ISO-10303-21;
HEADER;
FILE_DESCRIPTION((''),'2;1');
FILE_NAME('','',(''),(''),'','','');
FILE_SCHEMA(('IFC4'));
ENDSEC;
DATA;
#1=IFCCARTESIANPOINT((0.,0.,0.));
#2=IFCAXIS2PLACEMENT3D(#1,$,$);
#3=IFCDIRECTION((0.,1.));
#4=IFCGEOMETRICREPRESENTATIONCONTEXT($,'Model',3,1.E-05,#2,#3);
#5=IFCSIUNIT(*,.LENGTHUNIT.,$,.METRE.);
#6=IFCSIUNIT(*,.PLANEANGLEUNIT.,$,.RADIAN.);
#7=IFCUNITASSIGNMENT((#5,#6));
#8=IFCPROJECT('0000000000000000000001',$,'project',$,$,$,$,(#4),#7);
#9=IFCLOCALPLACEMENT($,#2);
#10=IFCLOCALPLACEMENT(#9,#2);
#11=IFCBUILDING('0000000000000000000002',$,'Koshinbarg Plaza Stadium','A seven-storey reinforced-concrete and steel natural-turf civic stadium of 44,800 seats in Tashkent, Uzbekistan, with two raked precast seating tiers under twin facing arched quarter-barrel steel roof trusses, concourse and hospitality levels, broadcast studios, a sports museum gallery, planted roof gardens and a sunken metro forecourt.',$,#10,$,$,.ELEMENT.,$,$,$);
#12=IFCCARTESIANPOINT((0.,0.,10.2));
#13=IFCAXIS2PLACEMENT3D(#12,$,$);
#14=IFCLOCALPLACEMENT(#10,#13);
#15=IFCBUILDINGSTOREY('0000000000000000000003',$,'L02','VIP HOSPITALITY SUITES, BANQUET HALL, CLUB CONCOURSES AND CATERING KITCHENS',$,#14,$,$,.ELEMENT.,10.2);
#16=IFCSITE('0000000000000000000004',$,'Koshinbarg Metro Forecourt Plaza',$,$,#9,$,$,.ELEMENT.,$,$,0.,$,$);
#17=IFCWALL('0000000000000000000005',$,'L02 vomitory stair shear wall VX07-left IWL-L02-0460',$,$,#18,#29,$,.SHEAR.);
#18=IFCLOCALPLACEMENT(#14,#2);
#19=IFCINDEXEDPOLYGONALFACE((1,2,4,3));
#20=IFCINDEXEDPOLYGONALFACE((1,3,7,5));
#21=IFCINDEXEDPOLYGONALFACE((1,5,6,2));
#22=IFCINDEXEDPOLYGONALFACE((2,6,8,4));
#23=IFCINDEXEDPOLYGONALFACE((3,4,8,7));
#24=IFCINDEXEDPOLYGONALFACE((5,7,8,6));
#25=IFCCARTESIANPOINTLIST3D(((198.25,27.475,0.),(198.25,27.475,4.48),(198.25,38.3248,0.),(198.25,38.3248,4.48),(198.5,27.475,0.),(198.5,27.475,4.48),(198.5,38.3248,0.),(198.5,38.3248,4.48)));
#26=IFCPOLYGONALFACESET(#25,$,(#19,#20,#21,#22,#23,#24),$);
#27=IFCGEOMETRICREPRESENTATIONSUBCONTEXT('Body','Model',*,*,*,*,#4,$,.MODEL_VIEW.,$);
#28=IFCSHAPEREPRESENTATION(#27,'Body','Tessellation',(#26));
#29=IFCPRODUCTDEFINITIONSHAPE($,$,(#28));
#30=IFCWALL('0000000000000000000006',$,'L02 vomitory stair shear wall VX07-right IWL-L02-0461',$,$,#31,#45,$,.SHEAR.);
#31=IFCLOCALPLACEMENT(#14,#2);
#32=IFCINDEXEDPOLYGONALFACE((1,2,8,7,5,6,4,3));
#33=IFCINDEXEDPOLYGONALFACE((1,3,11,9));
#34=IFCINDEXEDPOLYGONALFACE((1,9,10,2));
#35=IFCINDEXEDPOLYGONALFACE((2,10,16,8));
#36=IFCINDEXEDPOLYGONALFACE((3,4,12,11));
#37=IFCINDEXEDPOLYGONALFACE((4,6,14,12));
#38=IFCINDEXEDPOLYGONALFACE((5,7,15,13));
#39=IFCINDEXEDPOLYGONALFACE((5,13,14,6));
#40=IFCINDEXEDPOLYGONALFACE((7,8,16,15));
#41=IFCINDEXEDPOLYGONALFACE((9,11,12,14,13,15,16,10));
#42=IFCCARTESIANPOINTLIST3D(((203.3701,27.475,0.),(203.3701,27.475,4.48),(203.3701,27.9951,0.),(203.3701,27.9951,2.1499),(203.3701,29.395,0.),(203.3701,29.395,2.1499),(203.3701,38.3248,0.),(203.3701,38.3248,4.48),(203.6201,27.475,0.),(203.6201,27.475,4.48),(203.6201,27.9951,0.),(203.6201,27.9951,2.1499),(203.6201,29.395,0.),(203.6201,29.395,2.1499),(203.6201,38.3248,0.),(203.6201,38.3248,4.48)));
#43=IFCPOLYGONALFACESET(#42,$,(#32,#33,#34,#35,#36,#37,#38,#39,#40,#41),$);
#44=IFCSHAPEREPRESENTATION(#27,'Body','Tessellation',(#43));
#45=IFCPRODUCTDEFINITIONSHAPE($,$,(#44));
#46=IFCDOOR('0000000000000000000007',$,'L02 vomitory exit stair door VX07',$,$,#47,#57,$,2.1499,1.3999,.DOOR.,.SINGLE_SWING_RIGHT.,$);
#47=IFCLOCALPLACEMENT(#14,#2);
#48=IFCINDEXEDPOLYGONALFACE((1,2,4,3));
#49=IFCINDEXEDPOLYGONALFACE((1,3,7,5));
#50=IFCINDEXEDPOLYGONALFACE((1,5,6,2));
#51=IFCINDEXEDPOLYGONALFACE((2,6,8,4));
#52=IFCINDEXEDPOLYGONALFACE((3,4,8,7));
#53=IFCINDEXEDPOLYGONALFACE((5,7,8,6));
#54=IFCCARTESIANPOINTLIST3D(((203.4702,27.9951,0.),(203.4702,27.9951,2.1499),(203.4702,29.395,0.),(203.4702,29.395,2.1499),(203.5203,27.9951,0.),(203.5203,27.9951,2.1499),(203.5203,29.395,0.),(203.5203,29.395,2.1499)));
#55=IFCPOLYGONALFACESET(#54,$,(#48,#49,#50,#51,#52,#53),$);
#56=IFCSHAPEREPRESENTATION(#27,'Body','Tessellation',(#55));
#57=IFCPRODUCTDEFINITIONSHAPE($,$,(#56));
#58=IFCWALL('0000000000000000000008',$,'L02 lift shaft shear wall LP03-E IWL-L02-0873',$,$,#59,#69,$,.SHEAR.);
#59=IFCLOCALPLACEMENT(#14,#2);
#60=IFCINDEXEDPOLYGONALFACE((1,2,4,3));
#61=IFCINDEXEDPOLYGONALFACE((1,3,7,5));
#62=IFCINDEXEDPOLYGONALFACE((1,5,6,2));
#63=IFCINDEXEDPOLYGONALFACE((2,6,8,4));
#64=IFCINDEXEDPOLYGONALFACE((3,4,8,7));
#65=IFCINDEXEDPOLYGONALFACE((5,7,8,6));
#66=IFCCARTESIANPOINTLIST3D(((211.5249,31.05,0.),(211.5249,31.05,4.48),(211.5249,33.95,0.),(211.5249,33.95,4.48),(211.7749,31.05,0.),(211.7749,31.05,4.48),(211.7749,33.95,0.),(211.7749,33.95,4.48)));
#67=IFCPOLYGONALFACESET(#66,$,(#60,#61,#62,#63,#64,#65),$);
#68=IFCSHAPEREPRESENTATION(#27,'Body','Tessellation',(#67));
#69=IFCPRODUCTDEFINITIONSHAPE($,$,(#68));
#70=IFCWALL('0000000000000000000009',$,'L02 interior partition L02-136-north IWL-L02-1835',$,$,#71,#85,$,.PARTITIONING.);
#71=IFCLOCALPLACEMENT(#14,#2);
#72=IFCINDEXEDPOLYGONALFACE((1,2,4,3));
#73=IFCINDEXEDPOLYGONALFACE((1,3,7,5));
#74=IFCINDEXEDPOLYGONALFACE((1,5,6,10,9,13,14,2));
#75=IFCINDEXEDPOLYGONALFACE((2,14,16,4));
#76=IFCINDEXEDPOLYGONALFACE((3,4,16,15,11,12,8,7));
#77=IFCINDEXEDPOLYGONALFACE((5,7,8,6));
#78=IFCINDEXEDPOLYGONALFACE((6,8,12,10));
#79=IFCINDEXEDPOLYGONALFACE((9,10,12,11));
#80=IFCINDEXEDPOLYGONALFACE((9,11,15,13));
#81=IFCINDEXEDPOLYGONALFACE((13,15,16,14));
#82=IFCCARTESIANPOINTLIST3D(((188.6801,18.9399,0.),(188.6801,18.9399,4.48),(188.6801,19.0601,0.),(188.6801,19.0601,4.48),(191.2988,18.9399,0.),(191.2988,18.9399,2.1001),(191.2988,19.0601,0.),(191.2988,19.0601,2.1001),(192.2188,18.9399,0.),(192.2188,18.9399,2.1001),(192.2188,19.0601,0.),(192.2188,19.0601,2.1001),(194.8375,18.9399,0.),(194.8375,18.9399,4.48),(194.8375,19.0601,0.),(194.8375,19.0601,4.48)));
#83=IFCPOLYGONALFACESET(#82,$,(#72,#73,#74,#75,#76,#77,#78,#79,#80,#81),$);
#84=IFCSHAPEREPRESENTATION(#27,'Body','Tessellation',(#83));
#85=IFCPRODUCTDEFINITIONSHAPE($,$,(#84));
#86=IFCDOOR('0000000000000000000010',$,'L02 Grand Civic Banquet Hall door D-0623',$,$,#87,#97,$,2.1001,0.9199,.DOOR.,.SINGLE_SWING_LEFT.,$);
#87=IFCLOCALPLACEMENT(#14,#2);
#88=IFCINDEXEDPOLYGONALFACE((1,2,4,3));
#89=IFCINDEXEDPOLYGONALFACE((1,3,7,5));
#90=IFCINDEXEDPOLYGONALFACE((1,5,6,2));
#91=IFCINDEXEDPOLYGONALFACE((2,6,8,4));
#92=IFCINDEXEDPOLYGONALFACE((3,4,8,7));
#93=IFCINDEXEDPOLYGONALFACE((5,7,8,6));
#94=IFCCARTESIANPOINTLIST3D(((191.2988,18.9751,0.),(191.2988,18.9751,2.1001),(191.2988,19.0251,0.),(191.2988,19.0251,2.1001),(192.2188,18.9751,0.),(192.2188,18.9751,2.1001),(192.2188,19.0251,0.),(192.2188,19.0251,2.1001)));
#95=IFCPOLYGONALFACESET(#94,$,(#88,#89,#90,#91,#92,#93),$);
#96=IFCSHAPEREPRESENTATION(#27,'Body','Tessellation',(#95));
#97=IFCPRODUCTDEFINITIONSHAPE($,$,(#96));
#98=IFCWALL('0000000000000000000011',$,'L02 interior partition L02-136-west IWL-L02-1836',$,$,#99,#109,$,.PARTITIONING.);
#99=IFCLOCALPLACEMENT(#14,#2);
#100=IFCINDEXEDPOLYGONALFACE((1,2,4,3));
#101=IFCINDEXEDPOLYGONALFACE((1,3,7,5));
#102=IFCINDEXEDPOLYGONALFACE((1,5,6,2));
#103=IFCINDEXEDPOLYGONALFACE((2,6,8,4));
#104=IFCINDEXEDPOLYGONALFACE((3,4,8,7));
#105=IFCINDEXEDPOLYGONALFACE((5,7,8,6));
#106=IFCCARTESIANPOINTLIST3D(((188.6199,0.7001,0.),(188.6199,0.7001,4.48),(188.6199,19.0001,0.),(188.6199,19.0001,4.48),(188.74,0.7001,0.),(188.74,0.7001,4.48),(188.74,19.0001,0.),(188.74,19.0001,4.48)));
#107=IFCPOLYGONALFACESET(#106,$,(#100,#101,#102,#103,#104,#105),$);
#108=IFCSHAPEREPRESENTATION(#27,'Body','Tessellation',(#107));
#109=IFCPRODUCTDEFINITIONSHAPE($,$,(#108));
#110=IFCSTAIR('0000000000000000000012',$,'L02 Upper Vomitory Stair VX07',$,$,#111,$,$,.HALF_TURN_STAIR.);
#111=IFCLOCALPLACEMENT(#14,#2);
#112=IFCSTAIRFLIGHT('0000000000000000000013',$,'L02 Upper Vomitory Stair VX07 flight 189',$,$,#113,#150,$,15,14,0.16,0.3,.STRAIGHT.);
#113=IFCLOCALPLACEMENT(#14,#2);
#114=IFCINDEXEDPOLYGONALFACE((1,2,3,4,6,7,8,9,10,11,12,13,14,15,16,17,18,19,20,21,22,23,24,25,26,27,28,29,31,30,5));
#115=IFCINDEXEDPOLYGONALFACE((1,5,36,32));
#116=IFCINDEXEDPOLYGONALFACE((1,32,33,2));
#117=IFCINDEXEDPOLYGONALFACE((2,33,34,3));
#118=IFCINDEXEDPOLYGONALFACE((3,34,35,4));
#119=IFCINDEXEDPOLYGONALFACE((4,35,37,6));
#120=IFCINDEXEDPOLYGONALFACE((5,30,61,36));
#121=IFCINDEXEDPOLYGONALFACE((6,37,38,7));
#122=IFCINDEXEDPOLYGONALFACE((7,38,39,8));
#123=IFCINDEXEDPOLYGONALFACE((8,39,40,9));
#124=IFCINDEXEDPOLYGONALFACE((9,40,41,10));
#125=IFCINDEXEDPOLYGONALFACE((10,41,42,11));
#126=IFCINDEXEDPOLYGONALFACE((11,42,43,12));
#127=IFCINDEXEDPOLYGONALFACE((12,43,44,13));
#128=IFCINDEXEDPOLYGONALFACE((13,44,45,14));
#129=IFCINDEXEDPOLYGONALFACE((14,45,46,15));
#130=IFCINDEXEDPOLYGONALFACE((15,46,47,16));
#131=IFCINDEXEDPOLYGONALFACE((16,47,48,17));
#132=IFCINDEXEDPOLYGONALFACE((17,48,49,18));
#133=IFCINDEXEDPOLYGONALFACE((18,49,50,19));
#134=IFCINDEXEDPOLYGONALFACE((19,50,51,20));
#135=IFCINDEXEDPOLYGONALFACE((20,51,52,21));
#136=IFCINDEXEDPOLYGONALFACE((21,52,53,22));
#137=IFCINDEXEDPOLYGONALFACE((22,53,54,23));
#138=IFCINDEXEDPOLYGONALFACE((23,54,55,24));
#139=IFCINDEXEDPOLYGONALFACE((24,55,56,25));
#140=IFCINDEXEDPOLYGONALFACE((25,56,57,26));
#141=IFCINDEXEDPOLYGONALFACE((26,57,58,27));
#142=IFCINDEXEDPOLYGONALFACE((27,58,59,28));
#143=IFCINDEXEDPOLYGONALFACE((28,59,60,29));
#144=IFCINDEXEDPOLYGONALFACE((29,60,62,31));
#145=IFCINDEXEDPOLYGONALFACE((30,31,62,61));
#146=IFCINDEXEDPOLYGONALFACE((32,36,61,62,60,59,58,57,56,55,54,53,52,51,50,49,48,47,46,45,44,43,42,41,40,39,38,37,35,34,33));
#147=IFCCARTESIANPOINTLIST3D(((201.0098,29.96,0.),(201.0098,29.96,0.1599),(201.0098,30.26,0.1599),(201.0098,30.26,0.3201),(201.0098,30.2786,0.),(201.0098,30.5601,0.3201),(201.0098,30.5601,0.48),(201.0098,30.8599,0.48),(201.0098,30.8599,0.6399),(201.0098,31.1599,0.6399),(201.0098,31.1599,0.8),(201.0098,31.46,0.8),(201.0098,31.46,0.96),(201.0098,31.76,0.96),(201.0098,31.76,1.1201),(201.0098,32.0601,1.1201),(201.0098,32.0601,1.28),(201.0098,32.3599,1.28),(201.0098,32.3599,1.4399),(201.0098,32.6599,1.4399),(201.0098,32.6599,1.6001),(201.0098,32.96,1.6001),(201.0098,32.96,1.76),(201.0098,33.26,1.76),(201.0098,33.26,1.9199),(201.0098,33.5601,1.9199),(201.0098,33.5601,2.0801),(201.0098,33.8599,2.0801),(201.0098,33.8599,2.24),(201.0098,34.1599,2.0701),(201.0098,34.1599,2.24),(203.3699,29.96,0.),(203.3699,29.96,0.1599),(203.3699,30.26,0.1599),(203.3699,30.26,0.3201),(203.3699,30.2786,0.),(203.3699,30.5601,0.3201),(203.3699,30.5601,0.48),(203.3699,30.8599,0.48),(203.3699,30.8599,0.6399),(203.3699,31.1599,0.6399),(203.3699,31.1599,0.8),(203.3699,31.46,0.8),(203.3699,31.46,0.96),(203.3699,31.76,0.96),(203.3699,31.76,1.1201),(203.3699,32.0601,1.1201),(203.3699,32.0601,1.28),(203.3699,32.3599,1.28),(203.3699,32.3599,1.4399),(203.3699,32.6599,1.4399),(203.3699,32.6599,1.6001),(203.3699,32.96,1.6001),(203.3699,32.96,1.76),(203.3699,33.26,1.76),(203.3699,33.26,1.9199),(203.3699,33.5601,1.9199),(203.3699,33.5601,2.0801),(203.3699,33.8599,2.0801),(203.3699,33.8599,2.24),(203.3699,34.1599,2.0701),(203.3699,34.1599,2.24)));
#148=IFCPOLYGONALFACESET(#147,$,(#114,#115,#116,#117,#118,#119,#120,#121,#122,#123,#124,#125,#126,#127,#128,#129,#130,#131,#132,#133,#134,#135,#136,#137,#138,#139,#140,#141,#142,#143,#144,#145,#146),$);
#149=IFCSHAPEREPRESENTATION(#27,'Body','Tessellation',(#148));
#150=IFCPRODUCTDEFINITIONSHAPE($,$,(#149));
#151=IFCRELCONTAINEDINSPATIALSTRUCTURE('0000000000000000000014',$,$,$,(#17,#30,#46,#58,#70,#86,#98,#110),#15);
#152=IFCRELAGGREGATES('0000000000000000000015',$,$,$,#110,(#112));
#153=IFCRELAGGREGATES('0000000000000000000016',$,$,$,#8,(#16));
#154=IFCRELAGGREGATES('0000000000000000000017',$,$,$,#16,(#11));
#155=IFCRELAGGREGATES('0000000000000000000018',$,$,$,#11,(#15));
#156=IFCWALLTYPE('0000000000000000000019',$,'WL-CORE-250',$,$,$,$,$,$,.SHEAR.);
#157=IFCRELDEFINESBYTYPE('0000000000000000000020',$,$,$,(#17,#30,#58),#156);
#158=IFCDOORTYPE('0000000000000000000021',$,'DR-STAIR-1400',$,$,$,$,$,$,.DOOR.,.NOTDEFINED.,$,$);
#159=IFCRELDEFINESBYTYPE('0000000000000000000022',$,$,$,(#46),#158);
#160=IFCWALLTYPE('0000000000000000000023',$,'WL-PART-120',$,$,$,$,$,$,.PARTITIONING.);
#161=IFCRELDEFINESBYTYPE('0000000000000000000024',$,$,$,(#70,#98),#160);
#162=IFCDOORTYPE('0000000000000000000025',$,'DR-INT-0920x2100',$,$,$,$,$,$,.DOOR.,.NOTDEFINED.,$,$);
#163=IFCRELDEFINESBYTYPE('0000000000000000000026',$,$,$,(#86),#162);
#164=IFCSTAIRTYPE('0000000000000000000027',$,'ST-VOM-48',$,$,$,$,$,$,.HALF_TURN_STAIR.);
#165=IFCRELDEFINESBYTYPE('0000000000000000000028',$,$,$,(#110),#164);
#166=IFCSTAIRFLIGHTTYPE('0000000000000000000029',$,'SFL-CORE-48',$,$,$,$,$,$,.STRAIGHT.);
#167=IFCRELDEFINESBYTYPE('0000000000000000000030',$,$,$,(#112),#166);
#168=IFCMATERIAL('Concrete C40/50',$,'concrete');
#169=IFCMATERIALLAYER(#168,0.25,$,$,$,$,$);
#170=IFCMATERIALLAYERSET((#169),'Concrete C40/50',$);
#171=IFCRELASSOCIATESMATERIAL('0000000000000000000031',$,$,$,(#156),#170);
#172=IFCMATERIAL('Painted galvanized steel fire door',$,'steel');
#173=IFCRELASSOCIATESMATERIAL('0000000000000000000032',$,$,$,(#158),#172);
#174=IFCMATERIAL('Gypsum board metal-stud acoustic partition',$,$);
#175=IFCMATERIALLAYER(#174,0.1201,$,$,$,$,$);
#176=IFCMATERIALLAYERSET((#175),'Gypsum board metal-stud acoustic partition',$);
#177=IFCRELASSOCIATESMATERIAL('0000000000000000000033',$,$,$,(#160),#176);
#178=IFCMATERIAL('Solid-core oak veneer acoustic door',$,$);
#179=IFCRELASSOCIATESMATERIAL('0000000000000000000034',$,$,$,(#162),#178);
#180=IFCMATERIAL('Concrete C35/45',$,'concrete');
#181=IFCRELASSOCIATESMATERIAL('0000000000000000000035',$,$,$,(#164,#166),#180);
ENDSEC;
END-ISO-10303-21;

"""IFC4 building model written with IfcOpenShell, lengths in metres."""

from ifc_helpers import new_model, si_unit, direction, frame, frame_2d, origin, place, context, subcontext, project, spatial, polyline, rectangle, outline, extrude, material, layer, layer_set, type_object, element, fill, aggregate, save


model = new_model("IFC4")

# Units and contexts
model_context = context("Model", 3, precision=1e-05, world=origin(), true_north=direction((0.0, 1.0)))
body_context = subcontext(model_context, "Body", "Model", "MODEL_VIEW")
ifc_project = project(units=[si_unit("LENGTHUNIT", "METRE"), si_unit("PLANEANGLEUNIT", "RADIAN")], contexts=[model_context])

# Site, building, storey
site_placement = place(None, origin())
site = spatial("IfcSite", under=ifc_project, at=site_placement, Name="Koshinbarg Metro Forecourt Plaza", CompositionType="ELEMENT", RefElevation=0.0)
building_placement = place(site_placement, origin())
building = spatial("IfcBuilding", under=site, at=building_placement, Name="Koshinbarg Plaza Stadium", Description="A seven-storey reinforced-concrete and steel natural-turf civic stadium of 44,800 seats in Tashkent, Uzbekistan, with two raked precast seating tiers under twin facing arched quarter-barrel steel roof trusses, concourse and hospitality levels, broadcast studios, a sports museum gallery, planted roof gardens and a sunken metro forecourt.", CompositionType="ELEMENT")
storey_placement = place(building_placement, frame((0.0, 0.0, 10.2)))
storey = spatial("IfcBuildingStorey", under=building, at=storey_placement, Name="L02", Description="VIP HOSPITALITY SUITES, BANQUET HALL, CLUB CONCOURSES AND CATERING KITCHENS", CompositionType="ELEMENT", Elevation=10.2)

# Shared definitions
ifc_material_1 = material(Name="Concrete C40/50", Category="concrete")

# Wall
ifc_layer_1 = layer(ifc_material_1, 0.25)
ifc_layer_set_1 = layer_set([ifc_layer_1], Name="Concrete C40/50")
wall_type_1 = type_object("IfcWallType", Name="WL-CORE-250", PredefinedType="SHEAR", material=ifc_layer_set_1)
wall_1_placement = place(storey_placement, frame((198.375, 27.4751, 0.0), z_axis=(0.0, 0.0, 1.0), x_axis=(0.0, 1.0, 0.0)))
element("IfcWall", 1, at=wall_1_placement, inside=storey, type_object=wall_type_1, Name="L02 vomitory stair shear wall VX07-left IWL-L02-0460", PredefinedType="SHEAR", context=body_context, shape_type="SweptSolid", body=[
    extrude(rectangle(XDim=10.8499, YDim=0.25, at=frame_2d((5.4248, 0.0))), origin(), (0.0, 0.0, 1.0), 4.48),
])

# Wall, opening, door
wall_2_placement = place(storey_placement, frame((203.4951, 27.4751, 0.0), z_axis=(0.0, 0.0, 1.0), x_axis=(0.0, 1.0, 0.0)))
wall_2 = element("IfcWall", 2, at=wall_2_placement, inside=storey, type_object=wall_type_1, Name="L02 vomitory stair shear wall VX07-right IWL-L02-0461", PredefinedType="SHEAR", context=body_context, shape_type="SweptSolid", body=[
    extrude(rectangle(XDim=10.8499, YDim=0.25, at=frame_2d((5.4248, 0.0))), origin(), (0.0, 0.0, 1.0), 4.48),
])
opening_1_placement = place(wall_2_placement, frame((0.52, 0.0, 0.0)))
opening_1 = element("IfcOpeningElement", 3, at=opening_1_placement, cuts=wall_2, PredefinedType="OPENING", context=body_context, shape_type="SweptSolid", body=[
    extrude(rectangle(XDim=1.3999, YDim=2.1499, at=frame_2d((0.7, 1.075))), frame((0.0, 0.135, 0.0), z_axis=(0.0, -1.0, 0.0), x_axis=(1.0, 0.0, 0.0)), (0.0, 0.0, 1.0), 0.27),
])
ifc_material_2 = material(Name="Painted galvanized steel fire door", Category="steel")
door_type_1 = type_object("IfcDoorType", Name="DR-STAIR-1400", OperationType="NOTDEFINED", PredefinedType="DOOR", material=ifc_material_2)
door_1_placement = place(opening_1_placement, origin())
door_1 = element("IfcDoor", 4, at=door_1_placement, inside=storey, type_object=door_type_1, Name="L02 vomitory exit stair door VX07", OperationType="SINGLE_SWING_RIGHT", OverallHeight=2.1499, OverallWidth=1.3999, PredefinedType="DOOR", context=body_context, shape_type="SweptSolid", body=[
    extrude(rectangle(XDim=1.3999, YDim=2.1499, at=frame_2d((0.7, 1.075))), frame((0.0, 0.0249, 0.0), z_axis=(0.0, -1.0, 0.0), x_axis=(1.0, 0.0, 0.0)), (0.0, 0.0, 1.0), 0.05),
])
fill(opening_1, door_1)

# Wall
wall_3_placement = place(storey_placement, frame((211.6499, 31.05, 0.0), z_axis=(0.0, 0.0, 1.0), x_axis=(0.0, 1.0, 0.0)))
element("IfcWall", 5, at=wall_3_placement, inside=storey, type_object=wall_type_1, Name="L02 lift shaft shear wall LP03-E IWL-L02-0873", PredefinedType="SHEAR", context=body_context, shape_type="SweptSolid", body=[
    extrude(rectangle(XDim=2.8999, YDim=0.25, at=frame_2d((1.45, 0.0))), origin(), (0.0, 0.0, 1.0), 4.48),
])

# Wall, opening, door
ifc_material_3 = material(Name="Gypsum board metal-stud acoustic partition")
ifc_layer_2 = layer(ifc_material_3, 0.1201)
ifc_layer_set_2 = layer_set([ifc_layer_2], Name="Gypsum board metal-stud acoustic partition")
wall_type_2 = type_object("IfcWallType", Name="WL-PART-120", PredefinedType="PARTITIONING", material=ifc_layer_set_2)
wall_4_placement = place(storey_placement, frame((194.8374, 19.0, 0.0), z_axis=(0.0, 0.0, 1.0), x_axis=(-1.0, 0.0, 0.0)))
wall_4 = element("IfcWall", 6, at=wall_4_placement, inside=storey, type_object=wall_type_2, Name="L02 interior partition L02-136-north IWL-L02-1835", PredefinedType="PARTITIONING", context=body_context, shape_type="SweptSolid", body=[
    extrude(rectangle(XDim=6.1575, YDim=0.1201, at=frame_2d((3.0786, 0.0))), origin(), (0.0, 0.0, 1.0), 4.48),
])
opening_2_placement = place(wall_4_placement, frame((2.6187, 0.0, 0.0)))
opening_2 = element("IfcOpeningElement", 7, at=opening_2_placement, cuts=wall_4, PredefinedType="OPENING", context=body_context, shape_type="SweptSolid", body=[
    extrude(rectangle(XDim=0.9199, YDim=2.1001, at=frame_2d((0.46, 1.05))), frame((0.0, 0.0701, 0.0), z_axis=(0.0, -1.0, 0.0), x_axis=(1.0, 0.0, 0.0)), (0.0, 0.0, 1.0), 0.1401),
])
ifc_material_4 = material(Name="Solid-core oak veneer acoustic door")
door_type_2 = type_object("IfcDoorType", Name="DR-INT-0920x2100", OperationType="NOTDEFINED", PredefinedType="DOOR", material=ifc_material_4)
door_2_placement = place(opening_2_placement, origin())
door_2 = element("IfcDoor", 8, at=door_2_placement, inside=storey, type_object=door_type_2, Name="L02 Grand Civic Banquet Hall door D-0623", OperationType="SINGLE_SWING_LEFT", OverallHeight=2.1001, OverallWidth=0.9199, PredefinedType="DOOR", context=body_context, shape_type="SweptSolid", body=[
    extrude(rectangle(XDim=0.9199, YDim=2.1001, at=frame_2d((0.46, 1.05))), frame((0.0, 0.0249, 0.0), z_axis=(0.0, -1.0, 0.0), x_axis=(1.0, 0.0, 0.0)), (0.0, 0.0, 1.0), 0.05),
])
fill(opening_2, door_2)

# Wall
wall_5_placement = place(storey_placement, frame((188.6799, 19.0, 0.0), z_axis=(0.0, 0.0, 1.0), x_axis=(0.0, -1.0, 0.0)))
element("IfcWall", 9, at=wall_5_placement, inside=storey, type_object=wall_type_2, Name="L02 interior partition L02-136-west IWL-L02-1836", PredefinedType="PARTITIONING", context=body_context, shape_type="SweptSolid", body=[
    extrude(rectangle(XDim=18.3, YDim=0.1201, at=frame_2d((9.1499, 0.0))), origin(), (0.0, 0.0, 1.0), 4.48),
])

# Stair, stair flight
ifc_material_5 = material(Name="Concrete C35/45", Category="concrete")
stair_type = type_object("IfcStairType", Name="ST-VOM-48", PredefinedType="HALF_TURN_STAIR", material=ifc_material_5)
stair_placement = place(storey_placement, origin())
stair = element("IfcStair", 10, at=stair_placement, inside=storey, type_object=stair_type, Name="L02 Upper Vomitory Stair VX07", PredefinedType="HALF_TURN_STAIR")
stair_flight_type = type_object("IfcStairFlightType", Name="SFL-CORE-48", PredefinedType="STRAIGHT", material=ifc_material_5)
stair_flight_placement = place(storey_placement, frame((202.1899, 29.96, 0.0), z_axis=(0.0, 0.0, 1.0), x_axis=(0.0, 1.0, 0.0)))
stair_flight = element("IfcStairFlight", 11, at=stair_flight_placement, type_object=stair_flight_type, Name="L02 Upper Vomitory Stair VX07 flight 189", NumberOfRisers=15, NumberOfTreads=14, PredefinedType="STRAIGHT", RiserHeight=0.16, TreadLength=0.3, context=body_context, shape_type="SweptSolid", body=[
    extrude(outline(polyline([(0.0, 0.0), (0.0, 0.1599), (0.3, 0.1599), (0.3, 0.3201), (0.6001, 0.3201), (0.6001, 0.48), (0.8999, 0.48), (0.8999, 0.6399), (1.2, 0.6399), (1.2, 0.8), (1.5, 0.8), (1.5, 0.96), (1.8, 0.96), (1.8, 1.1201), (2.1001, 1.1201), (2.1001, 1.28), (2.3999, 1.28), (2.3999, 1.4399), (2.7, 1.4399), (2.7, 1.6001), (3.0, 1.6001), (3.0, 1.76), (3.3, 1.76), (3.3, 1.9199), (3.6001, 1.9199), (3.6001, 2.0801), (3.8999, 2.0801), (3.8999, 2.24), (4.2, 2.24), (4.2, 2.3999), (4.2, 2.0701), (0.3186, 0.0), (0.0, 0.0)])), frame((0.0, 1.1802, 0.0), z_axis=(0.0, -1.0, 0.0), x_axis=(1.0, 0.0, 0.0)), (0.0, 0.0, 1.0), 2.3601),
])
aggregate(stair, [stair_flight])

save(model, "model.ifc")
